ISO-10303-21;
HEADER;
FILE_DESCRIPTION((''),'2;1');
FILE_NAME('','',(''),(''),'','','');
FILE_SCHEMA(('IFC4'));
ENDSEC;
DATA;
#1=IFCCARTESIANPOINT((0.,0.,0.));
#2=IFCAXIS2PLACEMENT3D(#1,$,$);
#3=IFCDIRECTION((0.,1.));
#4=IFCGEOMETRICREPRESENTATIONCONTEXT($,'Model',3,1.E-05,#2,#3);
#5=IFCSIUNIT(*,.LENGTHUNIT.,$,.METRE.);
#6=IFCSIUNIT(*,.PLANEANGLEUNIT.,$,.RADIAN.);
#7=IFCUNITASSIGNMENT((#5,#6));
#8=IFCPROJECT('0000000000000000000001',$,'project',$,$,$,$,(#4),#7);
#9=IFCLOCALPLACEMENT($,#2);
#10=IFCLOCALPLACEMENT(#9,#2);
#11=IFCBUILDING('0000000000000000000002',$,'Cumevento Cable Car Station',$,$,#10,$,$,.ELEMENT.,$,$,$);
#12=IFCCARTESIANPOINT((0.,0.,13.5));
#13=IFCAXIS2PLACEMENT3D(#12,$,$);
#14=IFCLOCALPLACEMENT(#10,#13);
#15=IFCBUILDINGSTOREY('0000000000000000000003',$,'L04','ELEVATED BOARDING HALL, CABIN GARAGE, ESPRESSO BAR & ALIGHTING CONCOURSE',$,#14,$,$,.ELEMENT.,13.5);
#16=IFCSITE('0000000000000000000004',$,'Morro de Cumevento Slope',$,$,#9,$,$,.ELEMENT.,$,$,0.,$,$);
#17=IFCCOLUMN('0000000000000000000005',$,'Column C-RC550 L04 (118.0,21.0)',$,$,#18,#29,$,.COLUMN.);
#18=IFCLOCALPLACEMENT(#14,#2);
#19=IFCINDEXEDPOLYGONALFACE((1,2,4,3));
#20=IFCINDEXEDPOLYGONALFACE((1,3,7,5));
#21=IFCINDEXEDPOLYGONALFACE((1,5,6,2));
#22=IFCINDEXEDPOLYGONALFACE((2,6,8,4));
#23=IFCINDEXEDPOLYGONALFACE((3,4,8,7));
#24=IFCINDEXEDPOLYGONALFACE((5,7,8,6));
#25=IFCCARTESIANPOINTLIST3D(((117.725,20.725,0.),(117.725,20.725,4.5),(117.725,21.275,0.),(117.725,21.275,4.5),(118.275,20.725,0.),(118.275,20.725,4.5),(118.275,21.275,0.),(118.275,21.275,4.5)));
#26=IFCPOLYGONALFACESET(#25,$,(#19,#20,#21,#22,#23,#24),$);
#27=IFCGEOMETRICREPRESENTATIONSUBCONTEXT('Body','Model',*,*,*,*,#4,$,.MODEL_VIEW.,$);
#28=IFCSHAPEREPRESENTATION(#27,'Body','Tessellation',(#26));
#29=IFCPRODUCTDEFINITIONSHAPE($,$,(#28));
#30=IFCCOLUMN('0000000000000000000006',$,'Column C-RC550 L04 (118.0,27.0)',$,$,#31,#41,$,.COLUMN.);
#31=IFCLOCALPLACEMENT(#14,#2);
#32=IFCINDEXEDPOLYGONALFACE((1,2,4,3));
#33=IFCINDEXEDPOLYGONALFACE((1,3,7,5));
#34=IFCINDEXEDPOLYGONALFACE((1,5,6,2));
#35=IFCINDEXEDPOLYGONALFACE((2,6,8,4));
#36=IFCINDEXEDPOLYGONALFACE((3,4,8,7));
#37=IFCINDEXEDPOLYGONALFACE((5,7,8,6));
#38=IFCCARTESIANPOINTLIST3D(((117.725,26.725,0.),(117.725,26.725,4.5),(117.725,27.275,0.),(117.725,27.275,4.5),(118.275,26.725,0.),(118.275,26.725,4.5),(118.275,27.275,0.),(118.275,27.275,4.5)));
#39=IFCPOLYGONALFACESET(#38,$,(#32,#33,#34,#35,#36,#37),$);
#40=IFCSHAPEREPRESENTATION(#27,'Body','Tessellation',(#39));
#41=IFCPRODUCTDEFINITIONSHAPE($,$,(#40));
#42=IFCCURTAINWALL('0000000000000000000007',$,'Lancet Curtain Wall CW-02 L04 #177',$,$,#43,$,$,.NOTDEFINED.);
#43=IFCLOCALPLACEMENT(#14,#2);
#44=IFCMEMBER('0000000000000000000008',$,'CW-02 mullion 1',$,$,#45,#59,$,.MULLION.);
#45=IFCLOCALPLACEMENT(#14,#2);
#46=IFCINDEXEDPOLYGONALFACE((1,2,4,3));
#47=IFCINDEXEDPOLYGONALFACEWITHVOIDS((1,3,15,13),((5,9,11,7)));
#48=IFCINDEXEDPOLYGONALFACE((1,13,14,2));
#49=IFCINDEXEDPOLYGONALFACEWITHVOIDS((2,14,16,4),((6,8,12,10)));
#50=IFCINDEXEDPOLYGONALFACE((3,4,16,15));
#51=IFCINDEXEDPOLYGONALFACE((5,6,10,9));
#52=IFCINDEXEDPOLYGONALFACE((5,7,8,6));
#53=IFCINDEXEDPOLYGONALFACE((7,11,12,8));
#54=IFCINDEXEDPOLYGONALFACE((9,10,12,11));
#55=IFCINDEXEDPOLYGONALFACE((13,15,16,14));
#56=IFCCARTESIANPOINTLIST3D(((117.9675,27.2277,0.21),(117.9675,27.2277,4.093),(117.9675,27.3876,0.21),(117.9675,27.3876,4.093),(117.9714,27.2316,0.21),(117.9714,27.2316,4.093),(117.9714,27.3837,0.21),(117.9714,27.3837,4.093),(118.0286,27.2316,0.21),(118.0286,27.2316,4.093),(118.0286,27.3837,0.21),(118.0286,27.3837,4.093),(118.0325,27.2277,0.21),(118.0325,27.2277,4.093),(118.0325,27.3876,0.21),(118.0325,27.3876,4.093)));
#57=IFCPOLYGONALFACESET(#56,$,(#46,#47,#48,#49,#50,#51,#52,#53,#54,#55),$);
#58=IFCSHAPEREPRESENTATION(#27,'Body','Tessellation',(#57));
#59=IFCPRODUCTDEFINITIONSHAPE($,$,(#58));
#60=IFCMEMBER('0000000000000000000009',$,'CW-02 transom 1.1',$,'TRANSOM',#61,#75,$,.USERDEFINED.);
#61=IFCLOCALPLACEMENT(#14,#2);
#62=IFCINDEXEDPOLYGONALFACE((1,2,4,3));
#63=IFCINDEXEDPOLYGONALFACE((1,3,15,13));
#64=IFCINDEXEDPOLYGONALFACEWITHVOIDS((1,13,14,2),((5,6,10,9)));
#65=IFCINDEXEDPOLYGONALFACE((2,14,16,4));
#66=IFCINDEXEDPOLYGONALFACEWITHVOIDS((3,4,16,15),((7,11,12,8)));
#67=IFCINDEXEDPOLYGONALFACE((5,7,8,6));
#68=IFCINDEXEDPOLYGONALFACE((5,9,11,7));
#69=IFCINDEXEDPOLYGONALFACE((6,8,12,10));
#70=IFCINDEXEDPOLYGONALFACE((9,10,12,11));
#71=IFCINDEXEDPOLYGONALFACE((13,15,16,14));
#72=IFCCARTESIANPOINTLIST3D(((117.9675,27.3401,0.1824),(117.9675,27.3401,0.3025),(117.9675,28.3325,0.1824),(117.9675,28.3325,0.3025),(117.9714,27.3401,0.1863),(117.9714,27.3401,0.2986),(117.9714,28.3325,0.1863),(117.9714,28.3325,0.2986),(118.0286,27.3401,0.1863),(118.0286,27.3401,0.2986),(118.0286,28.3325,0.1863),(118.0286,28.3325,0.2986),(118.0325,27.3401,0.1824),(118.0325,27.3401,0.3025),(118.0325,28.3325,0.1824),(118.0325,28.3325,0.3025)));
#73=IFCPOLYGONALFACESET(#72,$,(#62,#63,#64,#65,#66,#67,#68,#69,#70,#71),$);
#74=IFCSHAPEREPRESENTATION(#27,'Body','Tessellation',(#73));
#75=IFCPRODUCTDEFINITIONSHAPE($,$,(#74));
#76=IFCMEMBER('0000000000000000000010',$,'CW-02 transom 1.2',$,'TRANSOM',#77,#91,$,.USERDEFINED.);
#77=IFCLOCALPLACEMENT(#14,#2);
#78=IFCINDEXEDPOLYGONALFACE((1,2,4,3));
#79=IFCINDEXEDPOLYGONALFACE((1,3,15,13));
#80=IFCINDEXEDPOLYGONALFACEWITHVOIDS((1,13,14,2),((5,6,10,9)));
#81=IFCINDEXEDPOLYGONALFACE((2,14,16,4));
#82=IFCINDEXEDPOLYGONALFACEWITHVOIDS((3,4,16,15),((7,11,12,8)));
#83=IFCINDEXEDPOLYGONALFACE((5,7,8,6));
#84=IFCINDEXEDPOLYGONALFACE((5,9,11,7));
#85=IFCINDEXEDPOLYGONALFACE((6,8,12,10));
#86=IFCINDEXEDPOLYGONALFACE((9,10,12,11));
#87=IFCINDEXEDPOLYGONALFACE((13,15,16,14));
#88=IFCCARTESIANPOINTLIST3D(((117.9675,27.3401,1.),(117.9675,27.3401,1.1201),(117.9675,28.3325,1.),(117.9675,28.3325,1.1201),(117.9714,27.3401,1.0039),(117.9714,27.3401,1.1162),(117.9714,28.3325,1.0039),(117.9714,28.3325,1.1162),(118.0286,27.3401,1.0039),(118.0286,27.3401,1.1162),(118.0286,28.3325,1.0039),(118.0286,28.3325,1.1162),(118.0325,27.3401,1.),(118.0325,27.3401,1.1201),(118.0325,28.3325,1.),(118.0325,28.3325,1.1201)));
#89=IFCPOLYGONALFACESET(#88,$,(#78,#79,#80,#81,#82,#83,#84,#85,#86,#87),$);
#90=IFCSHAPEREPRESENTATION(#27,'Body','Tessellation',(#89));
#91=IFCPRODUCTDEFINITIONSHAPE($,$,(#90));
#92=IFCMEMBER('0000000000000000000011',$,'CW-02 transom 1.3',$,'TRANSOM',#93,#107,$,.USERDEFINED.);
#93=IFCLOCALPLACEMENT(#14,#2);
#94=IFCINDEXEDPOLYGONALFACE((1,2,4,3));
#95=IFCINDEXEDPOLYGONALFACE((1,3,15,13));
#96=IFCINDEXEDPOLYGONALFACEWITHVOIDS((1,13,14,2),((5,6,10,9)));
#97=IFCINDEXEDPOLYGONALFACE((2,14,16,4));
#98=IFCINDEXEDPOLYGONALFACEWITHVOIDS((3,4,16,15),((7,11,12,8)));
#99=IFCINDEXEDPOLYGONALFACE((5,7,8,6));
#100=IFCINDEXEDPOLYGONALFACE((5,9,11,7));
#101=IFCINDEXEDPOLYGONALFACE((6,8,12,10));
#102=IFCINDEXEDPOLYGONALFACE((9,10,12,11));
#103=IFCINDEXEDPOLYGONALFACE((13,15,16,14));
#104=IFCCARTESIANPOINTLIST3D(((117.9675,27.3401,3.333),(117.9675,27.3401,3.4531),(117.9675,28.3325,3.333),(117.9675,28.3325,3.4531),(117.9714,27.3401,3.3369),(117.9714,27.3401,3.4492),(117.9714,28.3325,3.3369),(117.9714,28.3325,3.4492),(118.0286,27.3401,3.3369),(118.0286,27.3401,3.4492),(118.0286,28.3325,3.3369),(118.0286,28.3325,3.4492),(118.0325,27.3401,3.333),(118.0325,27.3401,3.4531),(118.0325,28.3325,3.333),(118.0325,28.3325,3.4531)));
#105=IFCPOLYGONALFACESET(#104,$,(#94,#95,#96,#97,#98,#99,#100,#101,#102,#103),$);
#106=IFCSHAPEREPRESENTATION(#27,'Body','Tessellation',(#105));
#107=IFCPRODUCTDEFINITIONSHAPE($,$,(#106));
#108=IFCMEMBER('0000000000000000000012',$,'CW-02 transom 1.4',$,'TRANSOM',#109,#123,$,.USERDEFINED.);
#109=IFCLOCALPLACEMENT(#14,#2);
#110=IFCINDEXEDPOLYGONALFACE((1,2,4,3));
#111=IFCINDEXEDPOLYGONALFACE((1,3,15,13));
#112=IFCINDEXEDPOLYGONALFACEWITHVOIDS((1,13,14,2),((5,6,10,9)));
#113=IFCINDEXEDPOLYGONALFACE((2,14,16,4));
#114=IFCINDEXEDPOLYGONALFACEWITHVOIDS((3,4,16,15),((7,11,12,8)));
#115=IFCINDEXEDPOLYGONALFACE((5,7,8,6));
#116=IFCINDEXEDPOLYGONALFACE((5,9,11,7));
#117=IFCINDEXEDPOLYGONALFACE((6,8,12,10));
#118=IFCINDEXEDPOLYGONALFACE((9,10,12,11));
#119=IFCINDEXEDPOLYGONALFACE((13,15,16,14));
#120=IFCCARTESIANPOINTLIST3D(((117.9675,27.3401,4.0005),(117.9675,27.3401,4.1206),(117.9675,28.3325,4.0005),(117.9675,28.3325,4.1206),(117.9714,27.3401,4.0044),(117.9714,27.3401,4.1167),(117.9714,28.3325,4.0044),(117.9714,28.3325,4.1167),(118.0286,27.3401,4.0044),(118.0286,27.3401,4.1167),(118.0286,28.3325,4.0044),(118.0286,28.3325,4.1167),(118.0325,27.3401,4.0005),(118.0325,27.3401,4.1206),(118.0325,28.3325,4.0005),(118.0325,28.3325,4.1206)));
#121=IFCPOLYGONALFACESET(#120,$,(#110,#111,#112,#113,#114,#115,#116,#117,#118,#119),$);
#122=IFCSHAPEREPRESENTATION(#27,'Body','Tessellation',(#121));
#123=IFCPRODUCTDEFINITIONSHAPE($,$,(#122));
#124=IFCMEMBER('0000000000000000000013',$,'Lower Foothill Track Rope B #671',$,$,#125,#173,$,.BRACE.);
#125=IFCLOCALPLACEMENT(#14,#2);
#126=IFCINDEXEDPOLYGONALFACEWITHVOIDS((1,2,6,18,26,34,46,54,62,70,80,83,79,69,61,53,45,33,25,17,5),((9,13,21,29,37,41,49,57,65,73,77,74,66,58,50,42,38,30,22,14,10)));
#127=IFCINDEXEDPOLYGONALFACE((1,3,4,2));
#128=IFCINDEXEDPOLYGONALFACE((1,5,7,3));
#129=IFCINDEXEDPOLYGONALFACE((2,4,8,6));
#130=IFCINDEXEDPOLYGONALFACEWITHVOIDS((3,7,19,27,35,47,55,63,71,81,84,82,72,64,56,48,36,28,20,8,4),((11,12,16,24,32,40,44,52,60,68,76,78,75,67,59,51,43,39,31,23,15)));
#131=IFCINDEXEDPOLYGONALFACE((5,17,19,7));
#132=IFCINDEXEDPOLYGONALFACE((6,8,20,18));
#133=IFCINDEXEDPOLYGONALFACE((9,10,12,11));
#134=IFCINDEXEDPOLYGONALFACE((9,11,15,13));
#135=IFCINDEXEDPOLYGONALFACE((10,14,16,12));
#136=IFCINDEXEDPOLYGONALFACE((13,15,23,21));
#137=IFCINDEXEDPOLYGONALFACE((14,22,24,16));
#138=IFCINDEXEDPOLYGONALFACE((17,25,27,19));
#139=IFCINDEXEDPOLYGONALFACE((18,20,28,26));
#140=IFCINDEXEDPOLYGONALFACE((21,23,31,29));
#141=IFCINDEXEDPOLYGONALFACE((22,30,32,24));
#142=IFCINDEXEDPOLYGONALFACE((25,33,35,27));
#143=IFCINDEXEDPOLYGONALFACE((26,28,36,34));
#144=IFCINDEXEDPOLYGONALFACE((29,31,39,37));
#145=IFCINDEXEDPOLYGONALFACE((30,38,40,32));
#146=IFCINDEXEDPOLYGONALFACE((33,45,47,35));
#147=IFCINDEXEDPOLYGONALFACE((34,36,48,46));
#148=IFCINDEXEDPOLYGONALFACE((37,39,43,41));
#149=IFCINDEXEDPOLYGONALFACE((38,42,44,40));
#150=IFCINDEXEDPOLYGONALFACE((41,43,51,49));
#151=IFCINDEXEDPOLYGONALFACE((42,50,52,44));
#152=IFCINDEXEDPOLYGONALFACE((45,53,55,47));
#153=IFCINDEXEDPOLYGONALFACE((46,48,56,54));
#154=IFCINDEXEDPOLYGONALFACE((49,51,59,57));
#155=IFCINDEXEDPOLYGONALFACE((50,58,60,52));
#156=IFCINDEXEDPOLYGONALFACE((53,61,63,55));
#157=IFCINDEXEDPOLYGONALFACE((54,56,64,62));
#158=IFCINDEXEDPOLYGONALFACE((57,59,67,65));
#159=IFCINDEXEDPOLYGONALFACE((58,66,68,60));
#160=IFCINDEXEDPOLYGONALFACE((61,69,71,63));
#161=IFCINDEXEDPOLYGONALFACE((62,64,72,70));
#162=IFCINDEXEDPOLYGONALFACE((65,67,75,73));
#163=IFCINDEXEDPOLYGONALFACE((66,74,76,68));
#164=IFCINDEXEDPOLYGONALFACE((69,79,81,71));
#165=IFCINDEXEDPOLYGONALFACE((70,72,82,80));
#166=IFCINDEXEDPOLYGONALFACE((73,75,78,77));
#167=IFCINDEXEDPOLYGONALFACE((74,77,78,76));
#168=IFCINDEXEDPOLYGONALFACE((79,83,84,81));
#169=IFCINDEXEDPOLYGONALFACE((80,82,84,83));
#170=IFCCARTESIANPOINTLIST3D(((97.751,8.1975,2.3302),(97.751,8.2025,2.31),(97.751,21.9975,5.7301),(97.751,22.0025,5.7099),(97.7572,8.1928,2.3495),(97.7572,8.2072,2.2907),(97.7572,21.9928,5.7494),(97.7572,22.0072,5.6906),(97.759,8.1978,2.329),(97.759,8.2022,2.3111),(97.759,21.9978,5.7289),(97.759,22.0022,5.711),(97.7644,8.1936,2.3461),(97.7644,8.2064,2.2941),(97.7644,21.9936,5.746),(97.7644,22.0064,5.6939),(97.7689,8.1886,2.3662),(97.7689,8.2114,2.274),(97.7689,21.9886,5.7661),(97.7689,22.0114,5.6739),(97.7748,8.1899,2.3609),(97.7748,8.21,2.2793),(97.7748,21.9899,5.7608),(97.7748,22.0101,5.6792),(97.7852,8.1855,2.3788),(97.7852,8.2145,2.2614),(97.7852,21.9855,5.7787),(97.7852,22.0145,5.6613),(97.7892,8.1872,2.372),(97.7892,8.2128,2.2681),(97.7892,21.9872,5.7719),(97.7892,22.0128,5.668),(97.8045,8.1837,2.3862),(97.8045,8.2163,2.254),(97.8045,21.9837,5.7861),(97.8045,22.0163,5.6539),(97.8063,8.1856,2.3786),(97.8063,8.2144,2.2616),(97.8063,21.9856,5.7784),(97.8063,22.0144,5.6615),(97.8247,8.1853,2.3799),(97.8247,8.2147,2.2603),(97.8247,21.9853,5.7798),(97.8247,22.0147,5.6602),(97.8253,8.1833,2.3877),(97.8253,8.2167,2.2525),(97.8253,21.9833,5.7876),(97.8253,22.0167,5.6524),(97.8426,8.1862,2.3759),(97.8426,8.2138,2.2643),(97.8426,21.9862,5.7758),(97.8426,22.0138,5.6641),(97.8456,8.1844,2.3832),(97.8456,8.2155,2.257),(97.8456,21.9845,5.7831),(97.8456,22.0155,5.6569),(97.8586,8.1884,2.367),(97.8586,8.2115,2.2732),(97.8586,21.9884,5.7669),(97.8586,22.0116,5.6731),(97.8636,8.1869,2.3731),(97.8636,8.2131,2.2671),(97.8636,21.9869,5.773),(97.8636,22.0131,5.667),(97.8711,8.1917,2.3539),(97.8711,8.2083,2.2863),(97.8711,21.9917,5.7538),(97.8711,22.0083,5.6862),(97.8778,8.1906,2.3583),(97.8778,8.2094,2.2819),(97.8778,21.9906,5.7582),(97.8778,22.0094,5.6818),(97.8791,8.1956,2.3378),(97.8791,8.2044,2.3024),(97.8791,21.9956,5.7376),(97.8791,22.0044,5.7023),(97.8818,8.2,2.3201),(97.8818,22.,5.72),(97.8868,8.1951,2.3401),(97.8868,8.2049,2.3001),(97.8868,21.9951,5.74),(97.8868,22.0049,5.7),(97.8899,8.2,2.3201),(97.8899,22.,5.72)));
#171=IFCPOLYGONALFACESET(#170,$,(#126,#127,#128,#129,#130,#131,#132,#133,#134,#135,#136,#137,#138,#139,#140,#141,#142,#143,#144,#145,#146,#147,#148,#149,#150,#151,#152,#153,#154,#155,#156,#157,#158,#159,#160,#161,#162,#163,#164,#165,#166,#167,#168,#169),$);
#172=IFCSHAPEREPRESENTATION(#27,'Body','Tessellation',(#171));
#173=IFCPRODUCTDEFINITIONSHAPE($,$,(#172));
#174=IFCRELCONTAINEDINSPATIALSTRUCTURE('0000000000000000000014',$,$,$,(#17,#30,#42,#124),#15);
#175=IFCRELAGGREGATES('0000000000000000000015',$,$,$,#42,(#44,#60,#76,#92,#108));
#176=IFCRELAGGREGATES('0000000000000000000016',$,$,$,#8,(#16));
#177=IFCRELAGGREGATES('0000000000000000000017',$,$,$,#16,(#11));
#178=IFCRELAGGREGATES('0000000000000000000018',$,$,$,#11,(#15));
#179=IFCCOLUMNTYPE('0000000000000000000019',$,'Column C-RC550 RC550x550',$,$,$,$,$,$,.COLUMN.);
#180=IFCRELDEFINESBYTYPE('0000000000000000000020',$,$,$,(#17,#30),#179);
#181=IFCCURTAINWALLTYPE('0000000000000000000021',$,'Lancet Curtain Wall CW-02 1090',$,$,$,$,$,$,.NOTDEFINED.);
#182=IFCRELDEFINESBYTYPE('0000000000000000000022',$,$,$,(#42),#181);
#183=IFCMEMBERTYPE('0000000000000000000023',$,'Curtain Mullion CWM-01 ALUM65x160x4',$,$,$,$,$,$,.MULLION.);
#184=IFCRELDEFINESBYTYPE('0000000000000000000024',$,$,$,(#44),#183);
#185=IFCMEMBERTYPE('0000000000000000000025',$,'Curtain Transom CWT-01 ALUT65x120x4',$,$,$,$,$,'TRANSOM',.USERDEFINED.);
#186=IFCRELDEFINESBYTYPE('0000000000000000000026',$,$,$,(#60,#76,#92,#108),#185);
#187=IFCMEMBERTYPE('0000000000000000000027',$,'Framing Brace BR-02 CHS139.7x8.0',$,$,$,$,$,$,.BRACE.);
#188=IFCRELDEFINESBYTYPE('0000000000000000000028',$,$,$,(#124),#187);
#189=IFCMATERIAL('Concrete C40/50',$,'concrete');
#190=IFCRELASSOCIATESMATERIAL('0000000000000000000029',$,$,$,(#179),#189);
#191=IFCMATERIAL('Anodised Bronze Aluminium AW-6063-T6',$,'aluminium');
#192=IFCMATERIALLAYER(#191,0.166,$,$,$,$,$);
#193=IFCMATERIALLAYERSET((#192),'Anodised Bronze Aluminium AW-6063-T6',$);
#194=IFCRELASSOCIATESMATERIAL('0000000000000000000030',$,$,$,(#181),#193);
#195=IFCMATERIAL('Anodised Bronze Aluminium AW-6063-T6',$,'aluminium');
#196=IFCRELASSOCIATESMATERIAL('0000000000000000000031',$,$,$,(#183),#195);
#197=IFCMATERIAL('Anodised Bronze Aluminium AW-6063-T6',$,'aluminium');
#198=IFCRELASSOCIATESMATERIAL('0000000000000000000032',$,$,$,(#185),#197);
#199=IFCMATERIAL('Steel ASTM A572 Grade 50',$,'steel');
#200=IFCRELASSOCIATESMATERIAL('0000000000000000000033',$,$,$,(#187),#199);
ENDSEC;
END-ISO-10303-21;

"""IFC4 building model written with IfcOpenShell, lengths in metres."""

from ifc_helpers import new_model, si_unit, direction, frame, origin, origin_2d, place, context, subcontext, project, spatial, rectangle, hollow_rectangle, hollow_circle, extrude, material, layer, layer_set, material_profile, profile_set, type_object, element, aggregate, save


model = new_model("IFC4")

# Units and contexts
model_context = context("Model", 3, precision=1e-05, world=origin(), true_north=direction((0.0, 1.0)))
body_context = subcontext(model_context, "Body", "Model", "MODEL_VIEW")
ifc_project = project(units=[si_unit("LENGTHUNIT", "METRE"), si_unit("PLANEANGLEUNIT", "RADIAN")], contexts=[model_context])

# Site, building, storey
site_placement = place(None, origin())
site = spatial("IfcSite", under=ifc_project, at=site_placement, Name="Morro de Cumevento Slope", CompositionType="ELEMENT", RefElevation=0.0)
building_placement = place(site_placement, origin())
building = spatial("IfcBuilding", under=site, at=building_placement, Name="Cumevento Cable Car Station", CompositionType="ELEMENT")
storey_placement = place(building_placement, frame((0.0, 0.0, 13.5)))
storey = spatial("IfcBuildingStorey", under=building, at=storey_placement, Name="L04", Description="ELEVATED BOARDING HALL, CABIN GARAGE, ESPRESSO BAR & ALIGHTING CONCOURSE", CompositionType="ELEMENT", Elevation=13.5)

# Columns
ifc_material_1 = material(Name="Concrete C40/50", Category="concrete")
ifc_material_profile_1 = material_profile(ifc_material_1, rectangle(XDim=0.55, YDim=0.55, at=origin_2d()), Name="RC550x550")
ifc_profile_set_1 = profile_set([ifc_material_profile_1], Name="Concrete C40/50")
column_type = type_object("IfcColumnType", Name="Column C-RC550 RC550x550", PredefinedType="COLUMN", material=ifc_profile_set_1)
for number, where, z_axis, x_axis, name in (
    (1, (118.0, 21.0, 0.0), (0.0, 0.0, 1.0), (1.0, 0.0, 0.0), "Column C-RC550 L04 (118.0,21.0)"),
    (2, (118.0, 27.0, 0.0), (0.0, 0.0, 1.0), (1.0, 0.0, 0.0), "Column C-RC550 L04 (118.0,27.0)"),
):
    element("IfcColumn", number, at=place(storey_placement, frame(where, z_axis=z_axis, x_axis=x_axis)), inside=storey, type_object=column_type, Name=name, PredefinedType="COLUMN", context=body_context, shape_type="SweptSolid", body=[
        extrude(rectangle(XDim=0.55, YDim=0.55, at=origin_2d()), origin(), (0.0, 0.0, 1.0), 4.5),
    ])

# Curtain wall, members
ifc_material_2 = material(Name="Anodised Bronze Aluminium AW-6063-T6", Category="aluminium")
ifc_layer_1 = layer(ifc_material_2, 0.166)
ifc_layer_set_1 = layer_set([ifc_layer_1], Name="Anodised Bronze Aluminium AW-6063-T6")
curtain_wall_type = type_object("IfcCurtainWallType", Name="Lancet Curtain Wall CW-02 1090", PredefinedType="NOTDEFINED", material=ifc_layer_set_1)
curtain_wall_placement = place(storey_placement, origin())
curtain_wall = element("IfcCurtainWall", 3, at=curtain_wall_placement, inside=storey, type_object=curtain_wall_type, Name="Lancet Curtain Wall CW-02 L04 #177", PredefinedType="NOTDEFINED")
ifc_material_3 = material(Name="Anodised Bronze Aluminium AW-6063-T6", Category="aluminium")
ifc_material_profile_2 = material_profile(ifc_material_3, hollow_rectangle(XDim=0.0649, YDim=0.1599, WallThickness=0.0039, at=origin_2d()), Name="ALUM65x160x4")
ifc_profile_set_2 = profile_set([ifc_material_profile_2], Name="Anodised Bronze Aluminium AW-6063-T6")
member_type_1 = type_object("IfcMemberType", Name="Curtain Mullion CWM-01 ALUM65x160x4", PredefinedType="MULLION", material=ifc_profile_set_2)
member_1_placement = place(storey_placement, frame((118.0, 27.3076, 0.21), z_axis=(0.0, 0.0, 1.0), x_axis=(-1.0, 0.0, 0.0)))
member_1 = element("IfcMember", 4, at=member_1_placement, type_object=member_type_1, Name="CW-02 mullion 1", PredefinedType="MULLION", context=body_context, shape_type="SweptSolid", body=[
    extrude(hollow_rectangle(XDim=0.0649, YDim=0.1599, WallThickness=0.0039, at=origin_2d()), origin(), (0.0, 0.0, 1.0), 3.8831),
])
ifc_material_4 = material(Name="Anodised Bronze Aluminium AW-6063-T6", Category="aluminium")
ifc_material_profile_3 = material_profile(ifc_material_4, hollow_rectangle(XDim=0.0649, YDim=0.1201, WallThickness=0.0039, at=origin_2d()), Name="ALUT65x120x4")
ifc_profile_set_3 = profile_set([ifc_material_profile_3], Name="Anodised Bronze Aluminium AW-6063-T6")
member_type_2 = type_object("IfcMemberType", Name="Curtain Transom CWT-01 ALUT65x120x4", ElementType="TRANSOM", PredefinedType="USERDEFINED", material=ifc_profile_set_3)
member_2_placement = place(storey_placement, frame((118.0, 27.3401, 0.2424), z_axis=(0.0, 1.0, 0.0), x_axis=(-1.0, 0.0, 0.0)))
member_2 = element("IfcMember", 5, at=member_2_placement, type_object=member_type_2, Name="CW-02 transom 1.1", ObjectType="TRANSOM", PredefinedType="USERDEFINED", context=body_context, shape_type="SweptSolid", body=[
    extrude(hollow_rectangle(XDim=0.0649, YDim=0.1201, WallThickness=0.0039, at=origin_2d()), origin(), (0.0, 0.0, 1.0), 0.9924),
])
member_3_placement = place(storey_placement, frame((118.0, 27.3401, 1.0601), z_axis=(0.0, 1.0, 0.0), x_axis=(-1.0, 0.0, 0.0)))
member_3 = element("IfcMember", 6, at=member_3_placement, type_object=member_type_2, Name="CW-02 transom 1.2", ObjectType="TRANSOM", PredefinedType="USERDEFINED", context=body_context, shape_type="SweptSolid", body=[
    extrude(hollow_rectangle(XDim=0.0649, YDim=0.1201, WallThickness=0.0039, at=origin_2d()), origin(), (0.0, 0.0, 1.0), 0.9924),
])
member_4_placement = place(storey_placement, frame((118.0, 27.3401, 3.3931), z_axis=(0.0, 1.0, 0.0), x_axis=(-1.0, 0.0, 0.0)))
member_4 = element("IfcMember", 7, at=member_4_placement, type_object=member_type_2, Name="CW-02 transom 1.3", ObjectType="TRANSOM", PredefinedType="USERDEFINED", context=body_context, shape_type="SweptSolid", body=[
    extrude(hollow_rectangle(XDim=0.0649, YDim=0.1201, WallThickness=0.0039, at=origin_2d()), origin(), (0.0, 0.0, 1.0), 0.9924),
])
member_5_placement = place(storey_placement, frame((118.0, 27.3401, 4.0605), z_axis=(0.0, 1.0, 0.0), x_axis=(-1.0, 0.0, 0.0)))
member_5 = element("IfcMember", 8, at=member_5_placement, type_object=member_type_2, Name="CW-02 transom 1.4", ObjectType="TRANSOM", PredefinedType="USERDEFINED", context=body_context, shape_type="SweptSolid", body=[
    extrude(hollow_rectangle(XDim=0.0649, YDim=0.1201, WallThickness=0.0039, at=origin_2d()), origin(), (0.0, 0.0, 1.0), 0.9924),
])
aggregate(curtain_wall, [member_1, member_2, member_3, member_4, member_5])

# Member
ifc_material_5 = material(Name="Steel ASTM A572 Grade 50", Category="steel")
ifc_material_profile_4 = material_profile(ifc_material_5, hollow_circle(Radius=0.0698, WallThickness=0.0081, at=origin_2d()), Name="CHS139.7x8.0")
ifc_profile_set_4 = profile_set([ifc_material_profile_4], Name="Steel ASTM A572 Grade 50")
member_type_3 = type_object("IfcMemberType", Name="Framing Brace BR-02 CHS139.7x8.0", PredefinedType="BRACE", material=ifc_profile_set_4)
member_6_placement = place(storey_placement, frame((97.8201, 22.0, 5.72), z_axis=(0.0, -0.970966, -0.239216), x_axis=(1.0, 0.0, 0.0)))
element("IfcMember", 9, at=member_6_placement, inside=storey, type_object=member_type_3, Name="Lower Foothill Track Rope B #671", PredefinedType="BRACE", context=body_context, shape_type="SweptSolid", body=[
    extrude(hollow_circle(Radius=0.0698, WallThickness=0.0081, at=origin_2d()), origin(), (0.0, 0.0, 1.0), 14.2126),
])

save(model, "model.ifc")
